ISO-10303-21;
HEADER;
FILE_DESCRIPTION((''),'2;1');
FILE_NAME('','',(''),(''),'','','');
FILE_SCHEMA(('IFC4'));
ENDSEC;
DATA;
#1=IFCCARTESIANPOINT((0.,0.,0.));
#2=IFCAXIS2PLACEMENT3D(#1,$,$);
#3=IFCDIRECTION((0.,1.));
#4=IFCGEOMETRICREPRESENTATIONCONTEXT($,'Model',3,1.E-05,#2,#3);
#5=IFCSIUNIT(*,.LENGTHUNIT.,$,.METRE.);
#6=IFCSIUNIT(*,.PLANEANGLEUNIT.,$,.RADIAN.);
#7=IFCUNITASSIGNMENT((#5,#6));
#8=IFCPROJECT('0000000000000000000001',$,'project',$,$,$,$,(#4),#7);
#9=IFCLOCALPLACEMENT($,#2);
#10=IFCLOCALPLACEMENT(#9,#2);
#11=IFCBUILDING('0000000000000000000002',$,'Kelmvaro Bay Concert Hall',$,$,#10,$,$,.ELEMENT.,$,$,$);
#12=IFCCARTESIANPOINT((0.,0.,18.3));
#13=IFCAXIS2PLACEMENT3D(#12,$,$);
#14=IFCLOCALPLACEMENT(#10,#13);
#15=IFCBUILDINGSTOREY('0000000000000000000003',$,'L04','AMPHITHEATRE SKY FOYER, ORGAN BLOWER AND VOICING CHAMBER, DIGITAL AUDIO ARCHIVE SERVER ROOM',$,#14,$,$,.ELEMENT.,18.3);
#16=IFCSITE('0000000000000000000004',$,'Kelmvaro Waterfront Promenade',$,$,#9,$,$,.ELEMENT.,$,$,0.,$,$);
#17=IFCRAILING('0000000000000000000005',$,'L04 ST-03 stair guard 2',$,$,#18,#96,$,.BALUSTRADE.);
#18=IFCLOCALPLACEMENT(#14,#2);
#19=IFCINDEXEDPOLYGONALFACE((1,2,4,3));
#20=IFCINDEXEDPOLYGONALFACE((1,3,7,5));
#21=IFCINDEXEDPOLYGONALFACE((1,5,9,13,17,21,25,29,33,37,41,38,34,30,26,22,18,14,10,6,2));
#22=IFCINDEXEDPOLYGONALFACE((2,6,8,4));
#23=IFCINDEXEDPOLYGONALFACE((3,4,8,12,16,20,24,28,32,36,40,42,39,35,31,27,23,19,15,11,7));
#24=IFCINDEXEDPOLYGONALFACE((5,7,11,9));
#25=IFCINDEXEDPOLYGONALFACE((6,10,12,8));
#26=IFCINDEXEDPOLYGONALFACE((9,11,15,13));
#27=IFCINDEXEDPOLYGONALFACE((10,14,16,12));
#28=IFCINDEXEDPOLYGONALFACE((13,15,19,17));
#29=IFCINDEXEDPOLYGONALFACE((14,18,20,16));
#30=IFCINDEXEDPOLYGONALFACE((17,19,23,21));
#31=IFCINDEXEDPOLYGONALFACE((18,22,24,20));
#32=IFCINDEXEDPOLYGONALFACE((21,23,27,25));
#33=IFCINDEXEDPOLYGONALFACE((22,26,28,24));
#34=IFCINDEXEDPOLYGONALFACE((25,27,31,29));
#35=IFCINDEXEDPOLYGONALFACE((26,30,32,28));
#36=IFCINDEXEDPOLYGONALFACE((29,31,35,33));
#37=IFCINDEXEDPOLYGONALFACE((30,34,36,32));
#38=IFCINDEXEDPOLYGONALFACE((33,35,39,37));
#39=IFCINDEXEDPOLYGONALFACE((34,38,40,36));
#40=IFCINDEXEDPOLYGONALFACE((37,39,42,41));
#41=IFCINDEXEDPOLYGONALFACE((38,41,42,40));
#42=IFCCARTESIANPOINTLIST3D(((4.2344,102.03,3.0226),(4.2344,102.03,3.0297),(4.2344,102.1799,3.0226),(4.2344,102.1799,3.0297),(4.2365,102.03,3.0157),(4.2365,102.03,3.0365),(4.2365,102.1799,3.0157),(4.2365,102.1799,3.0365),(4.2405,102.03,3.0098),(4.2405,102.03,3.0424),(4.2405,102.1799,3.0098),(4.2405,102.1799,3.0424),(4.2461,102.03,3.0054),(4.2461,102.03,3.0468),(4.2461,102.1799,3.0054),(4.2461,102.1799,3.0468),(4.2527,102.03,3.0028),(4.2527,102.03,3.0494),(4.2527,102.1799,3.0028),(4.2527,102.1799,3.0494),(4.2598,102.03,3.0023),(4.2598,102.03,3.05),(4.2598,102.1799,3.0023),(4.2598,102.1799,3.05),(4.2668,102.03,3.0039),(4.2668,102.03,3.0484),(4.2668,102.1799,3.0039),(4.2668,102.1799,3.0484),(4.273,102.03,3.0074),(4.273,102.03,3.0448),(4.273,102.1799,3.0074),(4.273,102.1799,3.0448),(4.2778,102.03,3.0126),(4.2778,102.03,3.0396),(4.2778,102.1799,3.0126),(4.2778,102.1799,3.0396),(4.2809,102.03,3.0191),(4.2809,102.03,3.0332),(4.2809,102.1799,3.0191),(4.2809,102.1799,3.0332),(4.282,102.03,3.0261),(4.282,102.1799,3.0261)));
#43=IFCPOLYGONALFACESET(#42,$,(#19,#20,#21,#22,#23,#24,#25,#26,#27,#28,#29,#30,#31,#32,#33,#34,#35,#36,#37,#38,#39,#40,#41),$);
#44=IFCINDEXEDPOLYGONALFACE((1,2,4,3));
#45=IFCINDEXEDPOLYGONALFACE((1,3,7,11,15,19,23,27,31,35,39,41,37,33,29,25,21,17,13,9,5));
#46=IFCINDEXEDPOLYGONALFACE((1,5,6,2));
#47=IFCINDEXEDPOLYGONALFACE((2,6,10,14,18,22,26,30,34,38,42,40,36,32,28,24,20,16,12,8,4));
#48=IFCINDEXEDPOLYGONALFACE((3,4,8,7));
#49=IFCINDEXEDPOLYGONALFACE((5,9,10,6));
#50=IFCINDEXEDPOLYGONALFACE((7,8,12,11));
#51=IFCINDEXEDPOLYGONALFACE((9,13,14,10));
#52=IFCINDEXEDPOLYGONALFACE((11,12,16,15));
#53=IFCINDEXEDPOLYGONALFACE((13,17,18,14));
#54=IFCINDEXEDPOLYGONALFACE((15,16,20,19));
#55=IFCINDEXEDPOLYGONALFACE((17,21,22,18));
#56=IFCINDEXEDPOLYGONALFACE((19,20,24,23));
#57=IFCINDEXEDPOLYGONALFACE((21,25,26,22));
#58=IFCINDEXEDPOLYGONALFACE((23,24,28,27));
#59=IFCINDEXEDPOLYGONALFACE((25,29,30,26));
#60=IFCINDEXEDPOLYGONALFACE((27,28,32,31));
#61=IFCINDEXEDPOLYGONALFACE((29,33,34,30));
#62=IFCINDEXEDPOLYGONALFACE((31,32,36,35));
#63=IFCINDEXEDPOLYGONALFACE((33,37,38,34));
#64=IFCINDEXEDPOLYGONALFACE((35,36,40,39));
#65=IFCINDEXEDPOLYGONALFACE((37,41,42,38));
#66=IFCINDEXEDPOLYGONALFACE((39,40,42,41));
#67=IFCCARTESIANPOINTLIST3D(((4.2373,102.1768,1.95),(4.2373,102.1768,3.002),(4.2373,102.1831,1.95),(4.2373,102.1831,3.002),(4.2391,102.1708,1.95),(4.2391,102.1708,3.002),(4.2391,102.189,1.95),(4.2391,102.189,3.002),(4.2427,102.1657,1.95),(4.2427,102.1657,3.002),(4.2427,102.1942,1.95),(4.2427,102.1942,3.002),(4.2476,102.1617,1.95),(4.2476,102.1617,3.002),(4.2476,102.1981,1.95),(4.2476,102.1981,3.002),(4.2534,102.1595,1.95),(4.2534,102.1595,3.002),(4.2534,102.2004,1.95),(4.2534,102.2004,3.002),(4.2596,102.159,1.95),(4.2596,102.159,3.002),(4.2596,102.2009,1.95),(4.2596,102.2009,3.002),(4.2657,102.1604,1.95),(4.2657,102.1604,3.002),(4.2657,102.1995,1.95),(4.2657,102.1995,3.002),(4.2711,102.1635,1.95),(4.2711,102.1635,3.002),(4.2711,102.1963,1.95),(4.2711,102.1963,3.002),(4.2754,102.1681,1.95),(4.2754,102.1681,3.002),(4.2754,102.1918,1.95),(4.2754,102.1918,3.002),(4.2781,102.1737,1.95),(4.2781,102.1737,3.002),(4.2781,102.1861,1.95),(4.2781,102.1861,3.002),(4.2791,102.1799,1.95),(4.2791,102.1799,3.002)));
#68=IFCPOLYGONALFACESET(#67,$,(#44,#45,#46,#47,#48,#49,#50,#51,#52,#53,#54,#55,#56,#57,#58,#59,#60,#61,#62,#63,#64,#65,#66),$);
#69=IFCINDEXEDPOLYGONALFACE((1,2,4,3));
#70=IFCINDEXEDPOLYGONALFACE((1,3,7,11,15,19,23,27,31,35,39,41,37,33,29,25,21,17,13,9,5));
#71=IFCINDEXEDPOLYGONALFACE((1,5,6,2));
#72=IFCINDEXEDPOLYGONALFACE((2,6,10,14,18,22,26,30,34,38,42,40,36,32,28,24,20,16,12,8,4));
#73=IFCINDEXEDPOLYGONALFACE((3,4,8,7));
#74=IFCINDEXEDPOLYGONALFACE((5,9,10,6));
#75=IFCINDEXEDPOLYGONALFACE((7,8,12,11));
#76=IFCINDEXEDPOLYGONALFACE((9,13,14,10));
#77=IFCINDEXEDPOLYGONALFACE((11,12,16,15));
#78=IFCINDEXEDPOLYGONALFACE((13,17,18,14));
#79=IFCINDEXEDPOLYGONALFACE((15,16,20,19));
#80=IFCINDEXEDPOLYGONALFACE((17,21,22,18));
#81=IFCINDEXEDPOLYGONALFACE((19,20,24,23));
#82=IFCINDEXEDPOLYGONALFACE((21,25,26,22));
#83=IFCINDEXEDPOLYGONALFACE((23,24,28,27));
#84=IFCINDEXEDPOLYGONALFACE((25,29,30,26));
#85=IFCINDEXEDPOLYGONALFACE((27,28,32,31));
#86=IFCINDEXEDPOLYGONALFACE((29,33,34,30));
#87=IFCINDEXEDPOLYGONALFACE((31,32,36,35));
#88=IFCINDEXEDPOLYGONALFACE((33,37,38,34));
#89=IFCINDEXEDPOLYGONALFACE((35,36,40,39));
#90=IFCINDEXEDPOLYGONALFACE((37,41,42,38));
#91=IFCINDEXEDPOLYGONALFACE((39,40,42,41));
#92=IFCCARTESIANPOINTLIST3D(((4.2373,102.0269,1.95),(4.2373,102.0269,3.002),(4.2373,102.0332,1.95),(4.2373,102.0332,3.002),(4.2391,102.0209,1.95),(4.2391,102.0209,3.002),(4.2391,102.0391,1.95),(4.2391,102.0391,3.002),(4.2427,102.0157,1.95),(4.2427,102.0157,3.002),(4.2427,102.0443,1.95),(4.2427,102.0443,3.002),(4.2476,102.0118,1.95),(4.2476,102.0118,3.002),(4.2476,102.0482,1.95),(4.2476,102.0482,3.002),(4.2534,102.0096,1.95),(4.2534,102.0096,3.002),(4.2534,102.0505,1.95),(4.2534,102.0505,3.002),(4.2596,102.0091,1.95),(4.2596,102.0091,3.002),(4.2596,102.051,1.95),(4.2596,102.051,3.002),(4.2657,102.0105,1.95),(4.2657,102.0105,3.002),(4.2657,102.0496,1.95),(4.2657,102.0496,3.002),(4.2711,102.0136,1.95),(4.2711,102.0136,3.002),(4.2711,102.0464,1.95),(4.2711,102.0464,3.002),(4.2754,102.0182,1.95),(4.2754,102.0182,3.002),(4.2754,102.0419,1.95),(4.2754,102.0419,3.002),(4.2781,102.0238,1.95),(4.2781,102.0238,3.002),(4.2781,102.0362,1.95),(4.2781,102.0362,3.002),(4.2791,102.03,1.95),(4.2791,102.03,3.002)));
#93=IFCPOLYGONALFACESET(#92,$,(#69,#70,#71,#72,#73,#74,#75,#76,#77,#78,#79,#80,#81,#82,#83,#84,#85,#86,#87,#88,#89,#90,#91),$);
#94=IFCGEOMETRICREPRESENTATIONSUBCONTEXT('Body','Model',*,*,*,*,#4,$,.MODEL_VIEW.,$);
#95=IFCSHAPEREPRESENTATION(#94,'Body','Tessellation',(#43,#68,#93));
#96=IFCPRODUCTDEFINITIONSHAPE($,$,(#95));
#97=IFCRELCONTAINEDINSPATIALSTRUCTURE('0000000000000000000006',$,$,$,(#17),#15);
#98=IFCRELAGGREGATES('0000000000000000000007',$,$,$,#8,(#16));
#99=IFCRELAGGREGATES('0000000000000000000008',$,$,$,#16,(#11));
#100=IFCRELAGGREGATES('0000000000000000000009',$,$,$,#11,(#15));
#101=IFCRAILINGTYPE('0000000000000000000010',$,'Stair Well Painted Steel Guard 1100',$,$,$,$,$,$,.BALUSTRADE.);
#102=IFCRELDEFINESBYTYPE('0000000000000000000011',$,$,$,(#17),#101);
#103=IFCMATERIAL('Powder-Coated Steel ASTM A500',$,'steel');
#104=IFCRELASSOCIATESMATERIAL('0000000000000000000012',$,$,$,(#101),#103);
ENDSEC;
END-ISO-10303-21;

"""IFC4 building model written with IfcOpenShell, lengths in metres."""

from ifc_helpers import new_model, si_unit, direction, frame, origin, origin_2d, place, context, subcontext, project, spatial, circle, extrude, material, type_object, element, save


model = new_model("IFC4")

# Units and contexts
model_context = context("Model", 3, precision=1e-05, world=origin(), true_north=direction((0.0, 1.0)))
body_context = subcontext(model_context, "Body", "Model", "MODEL_VIEW")
ifc_project = project(units=[si_unit("LENGTHUNIT", "METRE"), si_unit("PLANEANGLEUNIT", "RADIAN")], contexts=[model_context])

# Site, building, storey
site_placement = place(None, origin())
site = spatial("IfcSite", under=ifc_project, at=site_placement, Name="Kelmvaro Waterfront Promenade", CompositionType="ELEMENT", RefElevation=0.0)
building_placement = place(site_placement, origin())
building = spatial("IfcBuilding", under=site, at=building_placement, Name="Kelmvaro Bay Concert Hall", CompositionType="ELEMENT")
storey_placement = place(building_placement, frame((0.0, 0.0, 18.3)))
storey = spatial("IfcBuildingStorey", under=building, at=storey_placement, Name="L04", Description="AMPHITHEATRE SKY FOYER, ORGAN BLOWER AND VOICING CHAMBER, DIGITAL AUDIO ARCHIVE SERVER ROOM", CompositionType="ELEMENT", Elevation=18.3)

# Railing
ifc_material_1 = material(Name="Powder-Coated Steel ASTM A500", Category="steel")
railing_type_1 = type_object("IfcRailingType", Name="Stair Well Painted Steel Guard 1100", PredefinedType="BALUSTRADE", material=ifc_material_1)
railing_1_placement = place(storey_placement, frame((4.2581, 102.1799, 1.95)))
element("IfcRailing", 1, at=railing_1_placement, inside=storey, type_object=railing_type_1, Name="L04 ST-03 stair guard 2", PredefinedType="BALUSTRADE", context=body_context, shape_type="SweptSolid", body=[
    extrude(circle(Radius=0.0239, at=origin_2d()), frame((0.0, 0.0, 1.0762), z_axis=(0.0, -1.0, 0.0), x_axis=(1.0, 0.0, 0.0)), (0.0, 0.0, 1.0), 0.1499),
    extrude(circle(Radius=0.021, at=origin_2d()), origin(), (0.0, 0.0, 1.0), 1.052),
    extrude(circle(Radius=0.021, at=origin_2d()), frame((0.0, -0.1499, 0.0)), (0.0, 0.0, 1.0), 1.052),
])

save(model, "model.ifc")
